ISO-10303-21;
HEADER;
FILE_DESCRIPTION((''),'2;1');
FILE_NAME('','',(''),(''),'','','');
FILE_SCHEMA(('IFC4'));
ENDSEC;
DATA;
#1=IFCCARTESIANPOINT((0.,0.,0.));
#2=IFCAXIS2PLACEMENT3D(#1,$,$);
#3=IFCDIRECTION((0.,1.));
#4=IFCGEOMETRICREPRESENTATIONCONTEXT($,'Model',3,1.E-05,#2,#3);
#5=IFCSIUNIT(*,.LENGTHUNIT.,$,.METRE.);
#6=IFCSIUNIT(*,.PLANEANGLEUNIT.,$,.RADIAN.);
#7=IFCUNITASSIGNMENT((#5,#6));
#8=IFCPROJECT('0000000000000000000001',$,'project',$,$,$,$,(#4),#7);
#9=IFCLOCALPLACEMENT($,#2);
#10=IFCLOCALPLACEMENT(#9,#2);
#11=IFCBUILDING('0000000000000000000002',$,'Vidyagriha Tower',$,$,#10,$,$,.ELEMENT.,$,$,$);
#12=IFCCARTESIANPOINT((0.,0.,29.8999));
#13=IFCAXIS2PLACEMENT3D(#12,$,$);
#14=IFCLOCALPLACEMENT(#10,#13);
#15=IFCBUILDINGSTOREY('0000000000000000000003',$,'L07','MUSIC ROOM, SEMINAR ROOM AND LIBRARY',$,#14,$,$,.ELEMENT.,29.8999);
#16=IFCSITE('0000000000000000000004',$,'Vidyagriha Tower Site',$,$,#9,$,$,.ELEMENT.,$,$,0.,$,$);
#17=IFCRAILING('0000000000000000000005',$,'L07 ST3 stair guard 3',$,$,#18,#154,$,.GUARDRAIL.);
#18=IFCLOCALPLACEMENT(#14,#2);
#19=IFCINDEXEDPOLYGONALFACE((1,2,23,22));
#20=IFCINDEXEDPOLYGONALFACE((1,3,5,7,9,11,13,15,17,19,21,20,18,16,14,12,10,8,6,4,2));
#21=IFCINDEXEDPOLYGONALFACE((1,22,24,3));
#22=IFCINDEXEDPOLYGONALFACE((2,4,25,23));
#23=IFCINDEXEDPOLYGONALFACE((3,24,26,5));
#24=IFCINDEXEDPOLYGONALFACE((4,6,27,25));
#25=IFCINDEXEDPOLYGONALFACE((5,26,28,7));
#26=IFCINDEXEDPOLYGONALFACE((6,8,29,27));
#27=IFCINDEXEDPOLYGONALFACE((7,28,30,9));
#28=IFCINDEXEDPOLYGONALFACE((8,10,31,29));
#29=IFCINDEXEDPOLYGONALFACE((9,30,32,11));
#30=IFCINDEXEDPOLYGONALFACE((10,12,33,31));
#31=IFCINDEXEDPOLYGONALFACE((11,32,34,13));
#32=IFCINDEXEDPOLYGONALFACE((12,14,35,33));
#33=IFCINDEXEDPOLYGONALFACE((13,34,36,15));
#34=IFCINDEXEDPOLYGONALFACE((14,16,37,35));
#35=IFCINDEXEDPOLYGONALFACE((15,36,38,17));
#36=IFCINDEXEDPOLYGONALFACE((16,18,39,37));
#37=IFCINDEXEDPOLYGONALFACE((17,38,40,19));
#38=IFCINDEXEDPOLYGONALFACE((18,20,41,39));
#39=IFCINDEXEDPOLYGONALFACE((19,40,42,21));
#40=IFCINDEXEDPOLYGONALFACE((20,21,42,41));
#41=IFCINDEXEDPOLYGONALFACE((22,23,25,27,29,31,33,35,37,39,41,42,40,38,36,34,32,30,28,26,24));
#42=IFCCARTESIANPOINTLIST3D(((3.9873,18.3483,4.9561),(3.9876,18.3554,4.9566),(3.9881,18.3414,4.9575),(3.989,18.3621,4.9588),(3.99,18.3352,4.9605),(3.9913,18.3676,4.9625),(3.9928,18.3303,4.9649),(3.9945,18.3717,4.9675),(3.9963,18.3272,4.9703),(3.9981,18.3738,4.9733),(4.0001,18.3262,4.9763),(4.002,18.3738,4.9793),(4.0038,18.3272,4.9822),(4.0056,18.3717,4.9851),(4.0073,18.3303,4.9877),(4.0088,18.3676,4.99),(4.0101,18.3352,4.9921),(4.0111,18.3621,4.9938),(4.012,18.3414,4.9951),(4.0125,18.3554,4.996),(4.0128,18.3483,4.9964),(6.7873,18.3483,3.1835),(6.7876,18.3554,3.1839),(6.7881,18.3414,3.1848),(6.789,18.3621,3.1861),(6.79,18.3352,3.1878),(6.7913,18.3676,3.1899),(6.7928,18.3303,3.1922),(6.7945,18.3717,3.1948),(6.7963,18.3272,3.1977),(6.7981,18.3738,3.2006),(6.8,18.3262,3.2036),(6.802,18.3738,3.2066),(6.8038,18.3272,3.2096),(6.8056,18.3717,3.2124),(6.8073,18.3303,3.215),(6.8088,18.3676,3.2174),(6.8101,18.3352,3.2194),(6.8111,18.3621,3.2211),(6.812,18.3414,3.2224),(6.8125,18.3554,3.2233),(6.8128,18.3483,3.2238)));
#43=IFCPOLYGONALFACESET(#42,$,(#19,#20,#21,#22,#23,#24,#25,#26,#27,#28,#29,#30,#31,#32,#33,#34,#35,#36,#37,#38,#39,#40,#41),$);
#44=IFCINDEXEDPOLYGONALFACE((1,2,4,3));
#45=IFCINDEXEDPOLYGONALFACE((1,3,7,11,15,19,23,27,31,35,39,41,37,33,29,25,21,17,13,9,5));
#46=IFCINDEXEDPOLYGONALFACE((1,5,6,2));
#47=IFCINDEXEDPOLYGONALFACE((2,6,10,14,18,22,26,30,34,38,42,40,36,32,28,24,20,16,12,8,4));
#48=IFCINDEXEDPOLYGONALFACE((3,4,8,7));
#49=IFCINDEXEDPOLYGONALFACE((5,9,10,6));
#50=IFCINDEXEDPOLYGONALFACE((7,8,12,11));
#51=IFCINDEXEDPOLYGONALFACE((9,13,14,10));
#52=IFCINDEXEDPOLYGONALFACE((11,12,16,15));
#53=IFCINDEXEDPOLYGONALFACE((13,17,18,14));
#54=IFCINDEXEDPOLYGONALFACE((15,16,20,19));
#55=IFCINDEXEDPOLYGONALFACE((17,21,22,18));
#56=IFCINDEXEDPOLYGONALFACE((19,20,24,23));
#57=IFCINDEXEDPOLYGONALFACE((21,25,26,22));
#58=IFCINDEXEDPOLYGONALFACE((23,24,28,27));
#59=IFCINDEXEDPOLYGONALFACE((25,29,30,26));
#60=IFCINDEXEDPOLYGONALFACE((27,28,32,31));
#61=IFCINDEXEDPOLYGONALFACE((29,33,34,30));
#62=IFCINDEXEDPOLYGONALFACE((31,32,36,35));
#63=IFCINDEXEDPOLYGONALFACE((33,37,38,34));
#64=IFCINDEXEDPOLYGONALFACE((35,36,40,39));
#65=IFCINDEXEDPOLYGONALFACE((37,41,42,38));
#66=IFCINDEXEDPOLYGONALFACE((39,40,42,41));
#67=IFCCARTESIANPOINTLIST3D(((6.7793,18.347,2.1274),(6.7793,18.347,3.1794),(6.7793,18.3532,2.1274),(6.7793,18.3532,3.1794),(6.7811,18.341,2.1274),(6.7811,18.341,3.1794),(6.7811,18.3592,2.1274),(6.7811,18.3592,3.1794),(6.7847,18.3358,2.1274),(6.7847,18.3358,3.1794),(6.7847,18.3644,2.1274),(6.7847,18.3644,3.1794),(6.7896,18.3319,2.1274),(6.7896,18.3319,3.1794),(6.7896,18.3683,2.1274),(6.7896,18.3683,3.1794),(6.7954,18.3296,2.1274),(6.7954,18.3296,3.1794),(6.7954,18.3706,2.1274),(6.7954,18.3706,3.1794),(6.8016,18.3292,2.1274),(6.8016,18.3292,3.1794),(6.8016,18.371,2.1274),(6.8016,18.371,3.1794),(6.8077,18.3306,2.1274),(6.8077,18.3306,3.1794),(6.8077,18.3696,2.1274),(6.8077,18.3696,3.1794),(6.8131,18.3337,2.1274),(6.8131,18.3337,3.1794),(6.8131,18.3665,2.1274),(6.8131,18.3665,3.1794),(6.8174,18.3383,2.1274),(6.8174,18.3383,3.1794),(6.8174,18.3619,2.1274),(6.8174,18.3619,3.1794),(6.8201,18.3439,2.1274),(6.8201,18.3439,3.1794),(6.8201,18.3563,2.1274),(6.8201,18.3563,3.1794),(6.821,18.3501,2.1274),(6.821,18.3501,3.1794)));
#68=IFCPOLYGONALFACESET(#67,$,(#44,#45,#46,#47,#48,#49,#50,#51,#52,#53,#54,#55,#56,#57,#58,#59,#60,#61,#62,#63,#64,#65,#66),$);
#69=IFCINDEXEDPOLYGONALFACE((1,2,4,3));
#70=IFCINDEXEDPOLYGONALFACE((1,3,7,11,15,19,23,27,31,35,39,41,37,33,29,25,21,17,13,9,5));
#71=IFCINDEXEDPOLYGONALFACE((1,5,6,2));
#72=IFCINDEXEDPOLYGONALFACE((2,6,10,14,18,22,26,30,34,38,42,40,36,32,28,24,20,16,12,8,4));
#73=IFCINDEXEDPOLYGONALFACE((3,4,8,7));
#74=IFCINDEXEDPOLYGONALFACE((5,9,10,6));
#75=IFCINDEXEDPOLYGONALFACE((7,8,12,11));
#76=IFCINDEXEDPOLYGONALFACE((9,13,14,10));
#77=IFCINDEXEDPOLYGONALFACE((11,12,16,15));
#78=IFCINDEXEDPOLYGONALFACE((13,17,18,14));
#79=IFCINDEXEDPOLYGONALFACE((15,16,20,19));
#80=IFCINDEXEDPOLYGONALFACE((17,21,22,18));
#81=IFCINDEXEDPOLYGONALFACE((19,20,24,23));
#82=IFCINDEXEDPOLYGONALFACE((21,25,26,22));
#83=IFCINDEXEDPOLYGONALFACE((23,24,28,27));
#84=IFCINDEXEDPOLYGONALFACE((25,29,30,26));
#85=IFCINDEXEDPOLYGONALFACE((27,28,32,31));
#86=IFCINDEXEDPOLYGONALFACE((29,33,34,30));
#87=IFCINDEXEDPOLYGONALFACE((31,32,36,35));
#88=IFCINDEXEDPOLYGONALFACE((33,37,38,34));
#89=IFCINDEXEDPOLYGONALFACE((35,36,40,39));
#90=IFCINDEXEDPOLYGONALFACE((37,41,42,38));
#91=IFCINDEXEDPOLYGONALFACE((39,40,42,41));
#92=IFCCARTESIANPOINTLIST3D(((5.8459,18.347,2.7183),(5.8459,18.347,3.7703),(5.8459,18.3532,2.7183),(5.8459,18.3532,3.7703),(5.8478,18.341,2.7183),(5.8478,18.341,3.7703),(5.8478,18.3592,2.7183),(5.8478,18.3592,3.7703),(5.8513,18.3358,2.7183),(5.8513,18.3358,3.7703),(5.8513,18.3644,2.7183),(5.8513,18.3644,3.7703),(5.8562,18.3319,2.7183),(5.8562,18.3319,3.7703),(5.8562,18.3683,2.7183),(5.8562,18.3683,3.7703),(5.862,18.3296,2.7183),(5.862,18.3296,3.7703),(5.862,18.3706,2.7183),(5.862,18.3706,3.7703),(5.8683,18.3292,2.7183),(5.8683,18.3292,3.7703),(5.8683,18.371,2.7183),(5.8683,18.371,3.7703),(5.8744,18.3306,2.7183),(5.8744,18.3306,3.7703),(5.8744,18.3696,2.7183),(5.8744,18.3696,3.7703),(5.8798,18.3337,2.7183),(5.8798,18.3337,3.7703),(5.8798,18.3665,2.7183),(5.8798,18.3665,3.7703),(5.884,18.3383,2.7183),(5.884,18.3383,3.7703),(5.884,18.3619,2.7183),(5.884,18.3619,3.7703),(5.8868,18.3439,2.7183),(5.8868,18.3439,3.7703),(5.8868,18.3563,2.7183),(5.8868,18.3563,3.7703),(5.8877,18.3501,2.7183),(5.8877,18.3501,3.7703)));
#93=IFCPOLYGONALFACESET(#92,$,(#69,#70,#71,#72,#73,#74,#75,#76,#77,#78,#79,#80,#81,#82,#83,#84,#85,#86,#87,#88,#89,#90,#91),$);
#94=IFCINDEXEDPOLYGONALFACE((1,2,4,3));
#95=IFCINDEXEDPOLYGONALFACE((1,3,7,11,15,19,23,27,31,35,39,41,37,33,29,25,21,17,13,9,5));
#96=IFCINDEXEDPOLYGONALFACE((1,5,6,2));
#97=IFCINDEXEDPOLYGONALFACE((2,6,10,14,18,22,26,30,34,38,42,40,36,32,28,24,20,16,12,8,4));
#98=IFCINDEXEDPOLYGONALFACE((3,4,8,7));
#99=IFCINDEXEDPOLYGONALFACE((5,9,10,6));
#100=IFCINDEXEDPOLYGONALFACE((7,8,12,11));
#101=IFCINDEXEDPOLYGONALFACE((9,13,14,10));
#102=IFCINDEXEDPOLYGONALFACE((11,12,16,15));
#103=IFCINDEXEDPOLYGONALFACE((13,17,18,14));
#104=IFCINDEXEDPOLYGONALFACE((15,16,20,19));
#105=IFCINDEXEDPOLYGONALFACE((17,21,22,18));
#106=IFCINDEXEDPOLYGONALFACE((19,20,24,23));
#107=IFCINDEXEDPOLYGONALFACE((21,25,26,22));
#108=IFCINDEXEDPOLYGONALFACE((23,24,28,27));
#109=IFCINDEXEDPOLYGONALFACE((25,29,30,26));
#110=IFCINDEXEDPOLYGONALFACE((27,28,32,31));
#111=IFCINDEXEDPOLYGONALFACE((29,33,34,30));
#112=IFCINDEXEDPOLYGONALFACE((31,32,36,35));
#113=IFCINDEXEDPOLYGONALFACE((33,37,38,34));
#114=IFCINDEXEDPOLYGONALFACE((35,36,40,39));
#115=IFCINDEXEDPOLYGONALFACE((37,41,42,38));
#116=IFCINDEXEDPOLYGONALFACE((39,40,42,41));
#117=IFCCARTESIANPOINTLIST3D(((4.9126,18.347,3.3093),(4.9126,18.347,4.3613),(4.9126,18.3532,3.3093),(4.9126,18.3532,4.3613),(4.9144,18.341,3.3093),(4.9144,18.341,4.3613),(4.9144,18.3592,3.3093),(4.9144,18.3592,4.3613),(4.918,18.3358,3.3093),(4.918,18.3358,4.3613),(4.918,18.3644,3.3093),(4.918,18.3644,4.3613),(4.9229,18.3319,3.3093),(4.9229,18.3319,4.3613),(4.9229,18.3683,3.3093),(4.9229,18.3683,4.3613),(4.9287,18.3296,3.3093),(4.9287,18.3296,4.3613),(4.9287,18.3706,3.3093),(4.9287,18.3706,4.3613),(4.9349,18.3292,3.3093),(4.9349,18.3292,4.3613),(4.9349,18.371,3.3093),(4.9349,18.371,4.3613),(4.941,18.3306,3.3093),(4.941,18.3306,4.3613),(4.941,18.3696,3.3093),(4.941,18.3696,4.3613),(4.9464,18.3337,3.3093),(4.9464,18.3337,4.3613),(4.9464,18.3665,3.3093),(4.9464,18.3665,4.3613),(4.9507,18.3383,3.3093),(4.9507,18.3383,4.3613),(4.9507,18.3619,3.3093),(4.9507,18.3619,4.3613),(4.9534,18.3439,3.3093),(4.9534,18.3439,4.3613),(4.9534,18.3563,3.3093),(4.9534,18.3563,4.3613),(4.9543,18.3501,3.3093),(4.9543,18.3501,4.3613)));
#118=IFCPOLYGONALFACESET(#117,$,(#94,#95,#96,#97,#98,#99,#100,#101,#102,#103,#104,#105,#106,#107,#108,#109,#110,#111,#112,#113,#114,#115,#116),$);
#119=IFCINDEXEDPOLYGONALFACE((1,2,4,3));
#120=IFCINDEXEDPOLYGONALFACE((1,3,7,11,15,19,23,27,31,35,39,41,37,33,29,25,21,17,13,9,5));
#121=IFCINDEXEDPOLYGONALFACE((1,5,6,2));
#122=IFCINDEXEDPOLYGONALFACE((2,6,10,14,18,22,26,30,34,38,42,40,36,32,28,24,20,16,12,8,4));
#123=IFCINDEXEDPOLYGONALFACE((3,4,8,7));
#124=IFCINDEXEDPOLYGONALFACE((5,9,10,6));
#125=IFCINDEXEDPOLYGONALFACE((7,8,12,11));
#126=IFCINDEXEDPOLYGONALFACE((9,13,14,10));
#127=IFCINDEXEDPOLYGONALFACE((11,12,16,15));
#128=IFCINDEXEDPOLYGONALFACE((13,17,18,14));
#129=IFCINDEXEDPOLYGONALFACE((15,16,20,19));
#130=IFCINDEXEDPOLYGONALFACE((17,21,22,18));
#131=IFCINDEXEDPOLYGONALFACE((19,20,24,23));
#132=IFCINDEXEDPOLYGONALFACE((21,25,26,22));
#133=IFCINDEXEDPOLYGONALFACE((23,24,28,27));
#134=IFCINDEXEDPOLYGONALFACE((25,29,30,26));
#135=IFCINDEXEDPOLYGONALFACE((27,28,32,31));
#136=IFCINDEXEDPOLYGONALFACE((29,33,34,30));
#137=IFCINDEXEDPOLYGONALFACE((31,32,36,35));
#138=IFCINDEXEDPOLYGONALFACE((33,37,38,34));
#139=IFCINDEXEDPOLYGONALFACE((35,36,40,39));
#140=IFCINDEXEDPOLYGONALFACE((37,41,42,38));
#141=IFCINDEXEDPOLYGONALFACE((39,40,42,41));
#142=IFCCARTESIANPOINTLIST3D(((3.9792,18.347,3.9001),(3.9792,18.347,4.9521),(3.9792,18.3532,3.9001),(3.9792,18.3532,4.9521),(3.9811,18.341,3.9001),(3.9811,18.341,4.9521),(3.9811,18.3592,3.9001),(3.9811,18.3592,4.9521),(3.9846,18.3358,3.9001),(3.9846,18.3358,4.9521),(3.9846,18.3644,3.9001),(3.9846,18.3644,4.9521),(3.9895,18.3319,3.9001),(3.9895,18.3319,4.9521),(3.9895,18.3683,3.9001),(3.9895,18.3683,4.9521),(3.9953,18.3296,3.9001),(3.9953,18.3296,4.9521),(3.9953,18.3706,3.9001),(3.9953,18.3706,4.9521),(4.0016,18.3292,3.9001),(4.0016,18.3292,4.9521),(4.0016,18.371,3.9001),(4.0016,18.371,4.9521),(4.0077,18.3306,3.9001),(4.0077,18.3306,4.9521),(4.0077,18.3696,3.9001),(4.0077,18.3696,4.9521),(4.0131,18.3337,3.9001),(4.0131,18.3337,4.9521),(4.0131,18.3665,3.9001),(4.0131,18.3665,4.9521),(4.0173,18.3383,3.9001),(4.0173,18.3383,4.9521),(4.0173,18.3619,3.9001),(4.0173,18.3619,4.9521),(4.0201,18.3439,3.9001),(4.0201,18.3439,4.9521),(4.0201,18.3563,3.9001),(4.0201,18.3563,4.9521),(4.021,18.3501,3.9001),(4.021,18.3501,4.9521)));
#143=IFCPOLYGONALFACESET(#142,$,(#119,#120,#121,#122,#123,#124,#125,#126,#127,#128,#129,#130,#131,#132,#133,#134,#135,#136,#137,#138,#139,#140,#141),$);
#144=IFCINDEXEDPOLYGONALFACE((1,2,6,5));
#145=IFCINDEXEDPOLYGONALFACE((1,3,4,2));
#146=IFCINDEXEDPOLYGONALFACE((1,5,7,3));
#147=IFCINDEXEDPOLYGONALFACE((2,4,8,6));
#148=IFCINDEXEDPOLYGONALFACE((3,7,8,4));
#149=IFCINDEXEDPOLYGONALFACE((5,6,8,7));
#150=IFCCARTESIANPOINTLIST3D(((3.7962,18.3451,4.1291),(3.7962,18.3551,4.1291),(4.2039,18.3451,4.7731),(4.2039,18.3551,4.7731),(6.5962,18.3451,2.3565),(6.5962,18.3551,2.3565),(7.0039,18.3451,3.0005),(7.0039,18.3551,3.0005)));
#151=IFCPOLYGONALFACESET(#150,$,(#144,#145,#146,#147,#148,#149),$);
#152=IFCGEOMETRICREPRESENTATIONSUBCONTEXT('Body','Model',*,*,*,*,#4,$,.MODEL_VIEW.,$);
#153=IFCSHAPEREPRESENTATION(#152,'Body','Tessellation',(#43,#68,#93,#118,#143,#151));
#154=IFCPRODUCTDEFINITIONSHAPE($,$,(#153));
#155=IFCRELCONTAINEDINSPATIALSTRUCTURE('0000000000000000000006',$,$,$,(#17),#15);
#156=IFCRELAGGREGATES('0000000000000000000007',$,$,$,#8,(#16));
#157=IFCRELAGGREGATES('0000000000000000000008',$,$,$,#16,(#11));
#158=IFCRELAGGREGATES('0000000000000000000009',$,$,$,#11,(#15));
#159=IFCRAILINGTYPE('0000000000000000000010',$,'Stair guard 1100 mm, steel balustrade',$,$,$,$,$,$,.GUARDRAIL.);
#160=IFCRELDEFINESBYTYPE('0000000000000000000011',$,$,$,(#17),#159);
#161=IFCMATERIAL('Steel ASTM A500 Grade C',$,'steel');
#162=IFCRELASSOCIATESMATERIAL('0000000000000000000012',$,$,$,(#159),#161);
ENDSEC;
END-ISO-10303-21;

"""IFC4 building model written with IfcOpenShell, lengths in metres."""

from ifc_helpers import new_model, si_unit, direction, frame, origin, origin_2d, place, context, subcontext, project, spatial, rectangle, circle, extrude, material, type_object, element, save


model = new_model("IFC4")

# Units and contexts
model_context = context("Model", 3, precision=1e-05, world=origin(), true_north=direction((0.0, 1.0)))
body_context = subcontext(model_context, "Body", "Model", "MODEL_VIEW")
ifc_project = project(units=[si_unit("LENGTHUNIT", "METRE"), si_unit("PLANEANGLEUNIT", "RADIAN")], contexts=[model_context])

# Site, building, storey
site_placement = place(None, origin())
site = spatial("IfcSite", under=ifc_project, at=site_placement, Name="Vidyagriha Tower Site", CompositionType="ELEMENT", RefElevation=0.0)
building_placement = place(site_placement, origin())
building = spatial("IfcBuilding", under=site, at=building_placement, Name="Vidyagriha Tower", CompositionType="ELEMENT")
storey_placement = place(building_placement, frame((0.0, 0.0, 29.8999)))
storey = spatial("IfcBuildingStorey", under=building, at=storey_placement, Name="L07", Description="MUSIC ROOM, SEMINAR ROOM AND LIBRARY", CompositionType="ELEMENT", Elevation=29.8999)

# Railing
ifc_material_1 = material(Name="Steel ASTM A500 Grade C", Category="steel")
railing_type_1 = type_object("IfcRailingType", Name="Stair guard 1100 mm, steel balustrade", PredefinedType="GUARDRAIL", material=ifc_material_1)
railing_1_placement = place(storey_placement, frame((6.8, 18.3501, 2.1274)))
element("IfcRailing", 1, at=railing_1_placement, inside=storey, type_object=railing_type_1, Name="L07 ST3 stair guard 3", PredefinedType="GUARDRAIL", context=body_context, shape_type="SweptSolid", body=[
    extrude(circle(Radius=0.0239, at=origin_2d()), frame((0.0, 0.0, 1.0762), z_axis=(-0.844909, 0.0, 0.53491), x_axis=(0.0, -1.0, 0.0)), (0.0, 0.0, 1.0), 3.314),
    extrude(circle(Radius=0.021, at=origin_2d()), origin(), (0.0, 0.0, 1.0), 1.052),
    extrude(circle(Radius=0.021, at=origin_2d()), frame((-0.9333, 0.0, 0.5908)), (0.0, 0.0, 1.0), 1.052),
    extrude(circle(Radius=0.021, at=origin_2d()), frame((-1.8667, 0.0, 1.1819)), (0.0, 0.0, 1.0), 1.052),
    extrude(circle(Radius=0.021, at=origin_2d()), frame((-2.8, 0.0, 1.7727)), (0.0, 0.0, 1.0), 1.052),
    extrude(rectangle(XDim=0.01, YDim=0.7622, at=origin_2d()), frame((0.0, 0.0, 0.551), z_axis=(-0.844909, 0.0, 0.53491), x_axis=(0.0, -1.0, 0.0)), (0.0, 0.0, 1.0), 3.314),
])

save(model, "model.ifc")
